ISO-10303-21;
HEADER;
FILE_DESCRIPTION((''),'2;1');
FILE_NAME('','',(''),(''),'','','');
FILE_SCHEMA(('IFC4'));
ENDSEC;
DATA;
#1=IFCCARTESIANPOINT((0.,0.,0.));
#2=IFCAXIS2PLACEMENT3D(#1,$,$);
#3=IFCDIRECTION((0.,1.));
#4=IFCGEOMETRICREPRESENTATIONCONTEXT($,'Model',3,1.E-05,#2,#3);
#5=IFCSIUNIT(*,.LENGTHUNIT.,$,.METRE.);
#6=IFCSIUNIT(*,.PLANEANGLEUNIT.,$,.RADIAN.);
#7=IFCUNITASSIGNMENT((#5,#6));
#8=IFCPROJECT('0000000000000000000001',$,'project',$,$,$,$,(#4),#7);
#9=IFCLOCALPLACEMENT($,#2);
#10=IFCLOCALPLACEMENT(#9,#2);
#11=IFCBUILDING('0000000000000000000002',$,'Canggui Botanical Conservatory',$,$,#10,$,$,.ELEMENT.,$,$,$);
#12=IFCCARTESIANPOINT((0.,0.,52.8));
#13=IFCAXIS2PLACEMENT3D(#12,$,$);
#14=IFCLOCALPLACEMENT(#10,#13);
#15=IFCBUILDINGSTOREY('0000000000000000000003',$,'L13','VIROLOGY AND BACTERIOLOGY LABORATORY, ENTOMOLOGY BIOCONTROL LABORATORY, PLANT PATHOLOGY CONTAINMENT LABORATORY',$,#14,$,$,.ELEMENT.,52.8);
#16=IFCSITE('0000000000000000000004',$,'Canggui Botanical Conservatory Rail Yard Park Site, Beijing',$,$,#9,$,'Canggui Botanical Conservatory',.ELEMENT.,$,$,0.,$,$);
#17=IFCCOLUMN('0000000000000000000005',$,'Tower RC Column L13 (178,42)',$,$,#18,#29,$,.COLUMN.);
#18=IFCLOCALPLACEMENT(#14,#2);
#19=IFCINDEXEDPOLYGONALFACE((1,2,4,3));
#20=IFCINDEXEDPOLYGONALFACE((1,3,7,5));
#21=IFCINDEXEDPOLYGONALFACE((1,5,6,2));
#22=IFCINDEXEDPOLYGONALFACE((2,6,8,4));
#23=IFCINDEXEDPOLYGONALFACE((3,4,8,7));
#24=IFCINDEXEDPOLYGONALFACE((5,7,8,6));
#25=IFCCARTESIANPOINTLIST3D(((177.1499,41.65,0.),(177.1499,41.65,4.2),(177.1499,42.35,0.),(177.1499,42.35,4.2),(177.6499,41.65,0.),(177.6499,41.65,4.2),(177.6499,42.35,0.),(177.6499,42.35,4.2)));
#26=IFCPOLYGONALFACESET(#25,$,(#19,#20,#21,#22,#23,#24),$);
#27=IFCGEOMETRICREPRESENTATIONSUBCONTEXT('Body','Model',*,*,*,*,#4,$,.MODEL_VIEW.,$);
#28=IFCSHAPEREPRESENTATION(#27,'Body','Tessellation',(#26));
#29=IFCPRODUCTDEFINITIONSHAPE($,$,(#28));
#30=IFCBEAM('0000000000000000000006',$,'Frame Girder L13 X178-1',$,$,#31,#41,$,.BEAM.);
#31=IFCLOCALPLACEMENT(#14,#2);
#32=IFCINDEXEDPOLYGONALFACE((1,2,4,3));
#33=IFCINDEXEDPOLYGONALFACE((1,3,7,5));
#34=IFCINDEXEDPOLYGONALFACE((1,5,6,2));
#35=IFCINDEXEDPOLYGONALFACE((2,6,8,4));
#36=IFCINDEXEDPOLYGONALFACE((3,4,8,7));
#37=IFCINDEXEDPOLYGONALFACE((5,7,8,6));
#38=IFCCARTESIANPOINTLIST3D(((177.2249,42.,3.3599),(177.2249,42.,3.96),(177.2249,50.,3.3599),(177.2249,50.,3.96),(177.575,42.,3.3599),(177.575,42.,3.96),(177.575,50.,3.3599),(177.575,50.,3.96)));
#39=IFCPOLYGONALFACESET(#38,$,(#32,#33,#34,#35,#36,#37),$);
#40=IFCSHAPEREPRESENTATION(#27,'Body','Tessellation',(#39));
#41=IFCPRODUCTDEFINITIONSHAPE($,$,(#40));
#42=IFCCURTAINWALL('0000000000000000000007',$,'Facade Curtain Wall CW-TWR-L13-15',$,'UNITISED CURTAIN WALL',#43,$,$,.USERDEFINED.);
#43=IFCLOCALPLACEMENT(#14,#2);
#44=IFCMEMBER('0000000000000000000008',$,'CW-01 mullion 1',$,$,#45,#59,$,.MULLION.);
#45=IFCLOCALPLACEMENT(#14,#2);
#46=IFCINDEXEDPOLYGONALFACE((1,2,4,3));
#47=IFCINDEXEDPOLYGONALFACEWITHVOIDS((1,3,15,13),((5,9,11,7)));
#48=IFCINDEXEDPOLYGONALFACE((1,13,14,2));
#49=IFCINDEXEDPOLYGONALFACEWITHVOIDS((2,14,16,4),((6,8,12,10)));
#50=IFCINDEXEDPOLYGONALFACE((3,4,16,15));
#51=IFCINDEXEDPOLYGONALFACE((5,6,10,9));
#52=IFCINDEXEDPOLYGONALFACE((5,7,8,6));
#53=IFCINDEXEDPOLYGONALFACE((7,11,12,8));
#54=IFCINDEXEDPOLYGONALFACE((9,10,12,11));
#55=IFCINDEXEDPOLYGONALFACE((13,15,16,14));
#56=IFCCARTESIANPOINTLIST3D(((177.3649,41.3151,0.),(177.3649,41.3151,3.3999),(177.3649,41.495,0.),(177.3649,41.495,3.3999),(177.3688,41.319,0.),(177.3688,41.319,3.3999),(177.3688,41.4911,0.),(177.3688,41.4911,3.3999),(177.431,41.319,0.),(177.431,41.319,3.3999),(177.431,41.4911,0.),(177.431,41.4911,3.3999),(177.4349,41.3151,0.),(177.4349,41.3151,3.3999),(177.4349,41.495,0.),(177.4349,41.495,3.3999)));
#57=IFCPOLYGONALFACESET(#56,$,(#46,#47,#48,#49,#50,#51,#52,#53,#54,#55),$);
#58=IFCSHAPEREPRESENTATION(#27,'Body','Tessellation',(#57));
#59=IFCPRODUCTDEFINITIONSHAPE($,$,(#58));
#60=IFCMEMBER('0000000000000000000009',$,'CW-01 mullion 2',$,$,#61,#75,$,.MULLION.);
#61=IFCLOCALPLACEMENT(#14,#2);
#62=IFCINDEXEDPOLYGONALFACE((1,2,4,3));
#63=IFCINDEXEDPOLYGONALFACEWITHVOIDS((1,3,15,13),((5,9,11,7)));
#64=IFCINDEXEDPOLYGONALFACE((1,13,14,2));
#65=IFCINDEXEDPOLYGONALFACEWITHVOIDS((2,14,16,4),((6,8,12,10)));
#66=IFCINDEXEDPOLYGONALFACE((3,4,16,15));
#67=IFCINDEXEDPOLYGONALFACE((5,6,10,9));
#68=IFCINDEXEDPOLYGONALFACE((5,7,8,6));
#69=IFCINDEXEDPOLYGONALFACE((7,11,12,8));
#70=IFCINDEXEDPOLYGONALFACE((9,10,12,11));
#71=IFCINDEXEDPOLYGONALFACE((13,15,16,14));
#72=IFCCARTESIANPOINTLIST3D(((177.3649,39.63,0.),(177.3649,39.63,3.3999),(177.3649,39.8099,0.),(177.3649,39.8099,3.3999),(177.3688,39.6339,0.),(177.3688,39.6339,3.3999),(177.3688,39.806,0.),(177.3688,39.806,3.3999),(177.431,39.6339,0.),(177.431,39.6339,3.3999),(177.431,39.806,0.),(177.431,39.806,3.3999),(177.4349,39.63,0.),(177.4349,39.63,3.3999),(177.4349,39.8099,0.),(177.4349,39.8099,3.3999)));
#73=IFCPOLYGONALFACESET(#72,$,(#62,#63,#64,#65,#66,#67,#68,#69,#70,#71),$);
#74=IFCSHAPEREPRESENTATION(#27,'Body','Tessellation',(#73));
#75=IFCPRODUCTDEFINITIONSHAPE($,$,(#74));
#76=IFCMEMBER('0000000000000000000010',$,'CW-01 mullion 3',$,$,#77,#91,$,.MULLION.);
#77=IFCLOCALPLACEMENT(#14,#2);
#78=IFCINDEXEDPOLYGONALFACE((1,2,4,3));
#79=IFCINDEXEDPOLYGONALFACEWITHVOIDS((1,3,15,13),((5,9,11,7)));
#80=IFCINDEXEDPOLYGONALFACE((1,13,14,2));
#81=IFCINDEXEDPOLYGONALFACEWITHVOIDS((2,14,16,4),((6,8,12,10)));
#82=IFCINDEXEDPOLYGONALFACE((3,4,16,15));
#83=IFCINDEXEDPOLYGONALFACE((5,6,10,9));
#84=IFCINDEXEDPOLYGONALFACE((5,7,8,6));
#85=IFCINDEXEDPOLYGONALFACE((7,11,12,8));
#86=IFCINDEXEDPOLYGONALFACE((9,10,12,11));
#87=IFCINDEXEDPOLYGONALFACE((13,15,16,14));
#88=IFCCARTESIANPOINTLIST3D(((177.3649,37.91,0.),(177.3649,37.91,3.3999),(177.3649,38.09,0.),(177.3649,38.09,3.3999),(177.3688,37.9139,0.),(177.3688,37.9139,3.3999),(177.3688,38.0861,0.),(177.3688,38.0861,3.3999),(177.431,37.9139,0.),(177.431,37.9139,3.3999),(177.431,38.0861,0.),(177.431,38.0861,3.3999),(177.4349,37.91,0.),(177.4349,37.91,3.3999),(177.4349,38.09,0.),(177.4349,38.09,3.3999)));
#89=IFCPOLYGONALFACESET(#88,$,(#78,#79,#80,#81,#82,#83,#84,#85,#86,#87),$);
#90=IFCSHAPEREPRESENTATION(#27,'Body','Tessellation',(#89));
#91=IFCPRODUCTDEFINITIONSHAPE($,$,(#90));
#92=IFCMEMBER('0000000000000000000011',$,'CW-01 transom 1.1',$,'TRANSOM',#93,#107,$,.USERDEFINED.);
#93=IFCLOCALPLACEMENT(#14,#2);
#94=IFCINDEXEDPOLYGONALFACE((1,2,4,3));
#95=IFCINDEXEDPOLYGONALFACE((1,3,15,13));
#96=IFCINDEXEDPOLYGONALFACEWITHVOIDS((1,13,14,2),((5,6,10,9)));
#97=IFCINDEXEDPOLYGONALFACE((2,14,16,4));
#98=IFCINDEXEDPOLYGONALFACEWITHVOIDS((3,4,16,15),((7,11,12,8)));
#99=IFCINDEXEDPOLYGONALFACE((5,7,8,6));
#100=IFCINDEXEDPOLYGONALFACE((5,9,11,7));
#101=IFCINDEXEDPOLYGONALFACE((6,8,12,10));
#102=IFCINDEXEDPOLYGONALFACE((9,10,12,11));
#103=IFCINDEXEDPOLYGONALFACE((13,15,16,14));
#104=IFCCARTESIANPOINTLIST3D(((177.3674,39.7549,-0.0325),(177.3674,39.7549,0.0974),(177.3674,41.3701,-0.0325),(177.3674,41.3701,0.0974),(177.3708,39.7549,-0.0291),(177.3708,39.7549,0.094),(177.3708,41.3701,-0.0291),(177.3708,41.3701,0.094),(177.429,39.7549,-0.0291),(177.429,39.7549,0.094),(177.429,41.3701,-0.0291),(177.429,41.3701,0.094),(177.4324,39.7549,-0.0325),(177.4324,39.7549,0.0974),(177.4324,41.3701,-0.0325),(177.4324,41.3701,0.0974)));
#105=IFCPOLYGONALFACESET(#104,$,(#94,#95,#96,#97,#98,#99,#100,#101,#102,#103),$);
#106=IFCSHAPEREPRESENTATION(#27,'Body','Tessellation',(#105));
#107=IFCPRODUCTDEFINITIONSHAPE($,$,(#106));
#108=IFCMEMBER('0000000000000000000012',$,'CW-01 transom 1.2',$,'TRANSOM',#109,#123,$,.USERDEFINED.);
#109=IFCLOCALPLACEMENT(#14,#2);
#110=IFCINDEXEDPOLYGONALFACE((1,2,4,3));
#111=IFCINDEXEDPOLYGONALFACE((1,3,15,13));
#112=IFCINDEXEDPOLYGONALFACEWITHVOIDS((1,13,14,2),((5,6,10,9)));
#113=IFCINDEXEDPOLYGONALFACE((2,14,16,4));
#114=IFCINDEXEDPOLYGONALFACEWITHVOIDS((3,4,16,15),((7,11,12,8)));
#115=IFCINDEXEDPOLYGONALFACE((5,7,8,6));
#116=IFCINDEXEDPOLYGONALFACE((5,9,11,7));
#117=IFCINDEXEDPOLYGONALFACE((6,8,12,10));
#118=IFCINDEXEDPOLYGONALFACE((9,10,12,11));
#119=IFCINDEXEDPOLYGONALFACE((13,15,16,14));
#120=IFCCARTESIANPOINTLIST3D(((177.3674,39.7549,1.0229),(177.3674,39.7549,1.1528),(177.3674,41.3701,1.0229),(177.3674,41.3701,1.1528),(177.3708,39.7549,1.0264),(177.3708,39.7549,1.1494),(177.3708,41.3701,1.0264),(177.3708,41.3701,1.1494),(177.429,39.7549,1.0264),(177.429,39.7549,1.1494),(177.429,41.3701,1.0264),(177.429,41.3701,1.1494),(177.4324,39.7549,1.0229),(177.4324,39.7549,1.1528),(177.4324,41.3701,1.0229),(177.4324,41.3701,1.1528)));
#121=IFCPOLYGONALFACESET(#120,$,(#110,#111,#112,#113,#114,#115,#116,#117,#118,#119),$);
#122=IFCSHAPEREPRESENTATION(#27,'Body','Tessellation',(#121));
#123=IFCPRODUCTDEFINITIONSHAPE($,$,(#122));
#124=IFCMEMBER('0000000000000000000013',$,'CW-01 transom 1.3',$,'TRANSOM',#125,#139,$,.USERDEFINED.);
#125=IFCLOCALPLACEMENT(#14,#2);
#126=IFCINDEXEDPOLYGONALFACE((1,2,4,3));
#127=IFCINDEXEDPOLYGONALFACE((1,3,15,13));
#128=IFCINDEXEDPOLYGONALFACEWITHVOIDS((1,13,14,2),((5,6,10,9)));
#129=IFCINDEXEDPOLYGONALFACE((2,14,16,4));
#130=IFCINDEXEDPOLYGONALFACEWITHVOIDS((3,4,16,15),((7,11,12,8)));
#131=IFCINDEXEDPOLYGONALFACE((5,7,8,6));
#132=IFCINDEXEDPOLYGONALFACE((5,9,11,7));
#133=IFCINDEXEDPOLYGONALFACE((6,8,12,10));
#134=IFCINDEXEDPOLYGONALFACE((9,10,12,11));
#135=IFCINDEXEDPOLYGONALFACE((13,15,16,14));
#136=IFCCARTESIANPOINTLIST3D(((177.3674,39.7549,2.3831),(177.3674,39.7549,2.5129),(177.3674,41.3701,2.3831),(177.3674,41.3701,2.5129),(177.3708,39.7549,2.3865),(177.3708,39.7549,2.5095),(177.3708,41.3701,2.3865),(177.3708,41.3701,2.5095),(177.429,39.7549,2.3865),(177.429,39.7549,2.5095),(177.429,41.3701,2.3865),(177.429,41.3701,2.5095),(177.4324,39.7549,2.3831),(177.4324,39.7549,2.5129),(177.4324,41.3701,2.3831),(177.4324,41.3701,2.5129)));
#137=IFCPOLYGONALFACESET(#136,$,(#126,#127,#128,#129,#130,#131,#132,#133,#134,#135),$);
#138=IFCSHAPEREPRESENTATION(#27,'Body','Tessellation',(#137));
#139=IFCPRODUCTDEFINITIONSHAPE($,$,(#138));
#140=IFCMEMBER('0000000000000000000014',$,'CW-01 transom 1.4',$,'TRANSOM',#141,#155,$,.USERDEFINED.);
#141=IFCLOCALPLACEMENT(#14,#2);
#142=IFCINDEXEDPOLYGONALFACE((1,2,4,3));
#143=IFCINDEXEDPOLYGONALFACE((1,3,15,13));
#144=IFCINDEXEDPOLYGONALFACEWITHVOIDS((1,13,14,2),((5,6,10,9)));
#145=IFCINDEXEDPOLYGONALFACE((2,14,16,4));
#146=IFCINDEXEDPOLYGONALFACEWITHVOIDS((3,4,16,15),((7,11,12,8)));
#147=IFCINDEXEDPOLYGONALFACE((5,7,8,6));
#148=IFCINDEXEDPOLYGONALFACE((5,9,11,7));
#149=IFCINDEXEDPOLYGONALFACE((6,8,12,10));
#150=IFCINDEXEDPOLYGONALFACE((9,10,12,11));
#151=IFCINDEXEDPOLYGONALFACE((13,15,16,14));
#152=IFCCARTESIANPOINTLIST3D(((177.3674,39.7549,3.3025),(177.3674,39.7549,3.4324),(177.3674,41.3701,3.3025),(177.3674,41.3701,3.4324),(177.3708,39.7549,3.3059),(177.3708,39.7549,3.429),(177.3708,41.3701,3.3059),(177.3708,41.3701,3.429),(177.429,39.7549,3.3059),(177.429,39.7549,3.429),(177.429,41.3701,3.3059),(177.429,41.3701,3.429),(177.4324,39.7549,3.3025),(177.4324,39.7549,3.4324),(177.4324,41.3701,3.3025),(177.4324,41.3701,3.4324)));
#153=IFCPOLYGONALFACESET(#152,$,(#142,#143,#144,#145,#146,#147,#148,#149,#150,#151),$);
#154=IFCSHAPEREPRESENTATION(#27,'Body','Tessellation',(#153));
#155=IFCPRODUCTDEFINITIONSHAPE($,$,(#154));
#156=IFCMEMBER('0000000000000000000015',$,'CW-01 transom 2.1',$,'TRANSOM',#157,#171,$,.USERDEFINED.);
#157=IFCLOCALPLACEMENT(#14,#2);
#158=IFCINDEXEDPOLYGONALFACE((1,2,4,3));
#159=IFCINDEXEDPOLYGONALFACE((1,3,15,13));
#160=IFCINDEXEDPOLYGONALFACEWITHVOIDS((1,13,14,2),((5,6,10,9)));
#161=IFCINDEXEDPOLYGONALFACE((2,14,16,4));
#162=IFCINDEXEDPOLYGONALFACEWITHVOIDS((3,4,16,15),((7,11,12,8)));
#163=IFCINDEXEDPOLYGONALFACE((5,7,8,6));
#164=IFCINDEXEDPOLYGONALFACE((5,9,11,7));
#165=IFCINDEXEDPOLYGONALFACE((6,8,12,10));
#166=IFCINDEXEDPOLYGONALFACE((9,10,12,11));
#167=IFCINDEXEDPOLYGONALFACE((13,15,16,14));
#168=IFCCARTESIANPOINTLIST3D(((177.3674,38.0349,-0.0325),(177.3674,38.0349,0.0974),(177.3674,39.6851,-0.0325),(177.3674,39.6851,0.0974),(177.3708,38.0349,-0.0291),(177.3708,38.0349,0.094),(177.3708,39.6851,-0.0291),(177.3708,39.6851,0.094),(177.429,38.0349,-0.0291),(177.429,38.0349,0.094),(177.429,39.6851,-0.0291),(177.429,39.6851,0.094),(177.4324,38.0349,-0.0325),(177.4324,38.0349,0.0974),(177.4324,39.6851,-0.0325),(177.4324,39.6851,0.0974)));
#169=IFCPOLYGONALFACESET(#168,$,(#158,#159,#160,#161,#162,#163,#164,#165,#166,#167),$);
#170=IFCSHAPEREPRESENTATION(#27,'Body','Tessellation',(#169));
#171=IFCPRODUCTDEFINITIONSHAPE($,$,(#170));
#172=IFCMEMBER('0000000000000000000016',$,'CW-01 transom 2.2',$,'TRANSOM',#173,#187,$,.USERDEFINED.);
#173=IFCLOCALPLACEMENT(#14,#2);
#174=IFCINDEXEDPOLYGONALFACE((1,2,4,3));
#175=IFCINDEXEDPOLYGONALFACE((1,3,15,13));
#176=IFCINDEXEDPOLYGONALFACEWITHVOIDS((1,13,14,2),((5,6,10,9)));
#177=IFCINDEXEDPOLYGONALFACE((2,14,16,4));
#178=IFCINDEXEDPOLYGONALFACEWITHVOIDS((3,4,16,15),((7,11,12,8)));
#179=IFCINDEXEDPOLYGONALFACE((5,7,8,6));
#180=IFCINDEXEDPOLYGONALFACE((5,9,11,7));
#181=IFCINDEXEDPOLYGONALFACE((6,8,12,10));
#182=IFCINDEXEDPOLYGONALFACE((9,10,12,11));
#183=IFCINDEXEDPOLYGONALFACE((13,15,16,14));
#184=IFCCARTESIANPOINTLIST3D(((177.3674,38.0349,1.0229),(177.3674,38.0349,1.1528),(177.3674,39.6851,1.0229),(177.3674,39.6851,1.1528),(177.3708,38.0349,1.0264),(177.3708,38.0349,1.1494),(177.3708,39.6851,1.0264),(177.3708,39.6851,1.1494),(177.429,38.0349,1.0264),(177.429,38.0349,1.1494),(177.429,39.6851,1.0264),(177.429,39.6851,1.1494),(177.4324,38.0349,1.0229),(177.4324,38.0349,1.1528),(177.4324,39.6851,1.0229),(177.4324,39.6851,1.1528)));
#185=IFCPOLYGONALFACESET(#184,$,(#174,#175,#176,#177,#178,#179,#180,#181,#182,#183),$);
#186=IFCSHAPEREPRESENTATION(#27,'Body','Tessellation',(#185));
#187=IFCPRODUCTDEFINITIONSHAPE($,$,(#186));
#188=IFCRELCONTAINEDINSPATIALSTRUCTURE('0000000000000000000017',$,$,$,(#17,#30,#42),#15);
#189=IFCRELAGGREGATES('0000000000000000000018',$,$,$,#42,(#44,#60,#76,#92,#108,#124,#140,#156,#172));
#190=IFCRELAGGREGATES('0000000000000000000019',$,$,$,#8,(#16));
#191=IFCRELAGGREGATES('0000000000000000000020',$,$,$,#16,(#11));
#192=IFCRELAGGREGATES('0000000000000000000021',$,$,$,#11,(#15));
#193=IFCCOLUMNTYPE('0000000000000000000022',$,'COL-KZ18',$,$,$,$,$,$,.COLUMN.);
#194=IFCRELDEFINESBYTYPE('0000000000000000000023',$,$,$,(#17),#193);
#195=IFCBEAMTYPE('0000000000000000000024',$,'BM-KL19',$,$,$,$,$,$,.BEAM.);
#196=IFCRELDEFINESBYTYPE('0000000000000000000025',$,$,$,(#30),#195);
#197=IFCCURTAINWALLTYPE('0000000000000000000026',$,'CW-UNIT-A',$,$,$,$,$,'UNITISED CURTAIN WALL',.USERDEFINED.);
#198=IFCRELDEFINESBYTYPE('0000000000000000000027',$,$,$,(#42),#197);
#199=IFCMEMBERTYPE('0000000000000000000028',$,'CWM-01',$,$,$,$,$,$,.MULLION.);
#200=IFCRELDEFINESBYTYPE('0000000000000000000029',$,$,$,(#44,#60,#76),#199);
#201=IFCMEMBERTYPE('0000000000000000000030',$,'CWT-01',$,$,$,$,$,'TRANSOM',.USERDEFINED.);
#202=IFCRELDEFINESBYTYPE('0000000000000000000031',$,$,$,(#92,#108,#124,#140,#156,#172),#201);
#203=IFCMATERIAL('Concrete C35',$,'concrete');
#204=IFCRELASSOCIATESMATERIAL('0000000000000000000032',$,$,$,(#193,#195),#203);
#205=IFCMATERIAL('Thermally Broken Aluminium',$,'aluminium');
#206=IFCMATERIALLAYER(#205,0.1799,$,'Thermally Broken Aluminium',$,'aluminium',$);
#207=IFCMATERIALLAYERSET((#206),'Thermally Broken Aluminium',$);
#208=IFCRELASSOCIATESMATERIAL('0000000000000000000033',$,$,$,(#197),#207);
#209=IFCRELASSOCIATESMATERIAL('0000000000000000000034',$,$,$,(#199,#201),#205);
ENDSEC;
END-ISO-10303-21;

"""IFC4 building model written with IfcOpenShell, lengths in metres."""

from ifc_helpers import new_model, si_unit, direction, frame, origin, origin_2d, place, context, subcontext, project, spatial, rectangle, hollow_rectangle, extrude, material, layer, layer_set, material_profile, profile_set, type_object, element, aggregate, save


model = new_model("IFC4")

# Units and contexts
model_context = context("Model", 3, precision=1e-05, world=origin(), true_north=direction((0.0, 1.0)))
body_context = subcontext(model_context, "Body", "Model", "MODEL_VIEW")
ifc_project = project(units=[si_unit("LENGTHUNIT", "METRE"), si_unit("PLANEANGLEUNIT", "RADIAN")], contexts=[model_context])

# Site, building, storey
site_placement = place(None, origin())
site = spatial("IfcSite", under=ifc_project, at=site_placement, Name="Canggui Botanical Conservatory Rail Yard Park Site, Beijing", LongName="Canggui Botanical Conservatory", CompositionType="ELEMENT", RefElevation=0.0)
building_placement = place(site_placement, origin())
building = spatial("IfcBuilding", under=site, at=building_placement, Name="Canggui Botanical Conservatory", CompositionType="ELEMENT")
storey_placement = place(building_placement, frame((0.0, 0.0, 52.8)))
storey = spatial("IfcBuildingStorey", under=building, at=storey_placement, Name="L13", Description="VIROLOGY AND BACTERIOLOGY LABORATORY, ENTOMOLOGY BIOCONTROL LABORATORY, PLANT PATHOLOGY CONTAINMENT LABORATORY", CompositionType="ELEMENT", Elevation=52.8)

# Column
ifc_material_1 = material(Name="Concrete C35", Category="concrete")
ifc_material_profile_1 = material_profile(ifc_material_1, rectangle(XDim=0.5, YDim=0.7, at=origin_2d()), Name="RC 500x700")
ifc_profile_set_1 = profile_set([ifc_material_profile_1], Name="Concrete C35")
column_type = type_object("IfcColumnType", Name="COL-KZ18", PredefinedType="COLUMN", material=ifc_profile_set_1)
column_placement = place(storey_placement, frame((177.3999, 42.0, 0.0), z_axis=(0.0, 0.0, 1.0), x_axis=(1.0, 0.0, 0.0)))
element("IfcColumn", 1, at=column_placement, inside=storey, type_object=column_type, Name="Tower RC Column L13 (178,42)", PredefinedType="COLUMN", context=body_context, shape_type="SweptSolid", body=[
    extrude(rectangle(XDim=0.5, YDim=0.7, at=origin_2d()), origin(), (0.0, 0.0, 1.0), 4.2),
])

# Beam
ifc_material_profile_2 = material_profile(ifc_material_1, rectangle(XDim=0.3501, YDim=0.6001, at=origin_2d()), Name="RB 350x600")
ifc_profile_set_2 = profile_set([ifc_material_profile_2], Name="Concrete C35")
beam_type = type_object("IfcBeamType", Name="BM-KL19", PredefinedType="BEAM", material=ifc_profile_set_2)
beam_placement = place(storey_placement, frame((177.3999, 42.0, 3.6599), z_axis=(0.0, 1.0, 0.0), x_axis=(-1.0, 0.0, 0.0)))
element("IfcBeam", 2, at=beam_placement, inside=storey, type_object=beam_type, Name="Frame Girder L13 X178-1", PredefinedType="BEAM", context=body_context, shape_type="SweptSolid", body=[
    extrude(rectangle(XDim=0.3501, YDim=0.6001, at=origin_2d()), origin(), (0.0, 0.0, 1.0), 8.0),
])

# Curtain wall, members
ifc_material_2 = material(Name="Thermally Broken Aluminium", Category="aluminium")
ifc_layer_1 = layer(ifc_material_2, 0.1799, Name="Thermally Broken Aluminium", Category="aluminium")
ifc_layer_set_1 = layer_set([ifc_layer_1], Name="Thermally Broken Aluminium")
curtain_wall_type = type_object("IfcCurtainWallType", Name="CW-UNIT-A", ElementType="UNITISED CURTAIN WALL", PredefinedType="USERDEFINED", material=ifc_layer_set_1)
curtain_wall_placement = place(storey_placement, origin())
curtain_wall = element("IfcCurtainWall", 3, at=curtain_wall_placement, inside=storey, type_object=curtain_wall_type, Name="Facade Curtain Wall CW-TWR-L13-15", ObjectType="UNITISED CURTAIN WALL", PredefinedType="USERDEFINED")
ifc_material_profile_3 = material_profile(ifc_material_2, hollow_rectangle(XDim=0.0701, YDim=0.1799, WallThickness=0.0039, at=origin_2d()), Name="CWM 70x180x4")
ifc_profile_set_3 = profile_set([ifc_material_profile_3], Name="Thermally Broken Aluminium")
member_type_1 = type_object("IfcMemberType", Name="CWM-01", PredefinedType="MULLION", material=ifc_profile_set_3)
member_1_placement = place(storey_placement, frame((177.3999, 41.405, 0.0), z_axis=(0.0, 0.0, 1.0), x_axis=(1.0, 0.0, 0.0)))
member_1 = element("IfcMember", 4, at=member_1_placement, type_object=member_type_1, Name="CW-01 mullion 1", PredefinedType="MULLION", context=body_context, shape_type="SweptSolid", body=[
    extrude(hollow_rectangle(XDim=0.0701, YDim=0.1799, WallThickness=0.0039, at=origin_2d()), origin(), (0.0, 0.0, 1.0), 3.3999),
])
member_2_placement = place(storey_placement, frame((177.3999, 39.72, 0.0), z_axis=(0.0, 0.0, 1.0), x_axis=(1.0, 0.0, 0.0)))
member_2 = element("IfcMember", 5, at=member_2_placement, type_object=member_type_1, Name="CW-01 mullion 2", PredefinedType="MULLION", context=body_context, shape_type="SweptSolid", body=[
    extrude(hollow_rectangle(XDim=0.0701, YDim=0.1799, WallThickness=0.0039, at=origin_2d()), origin(), (0.0, 0.0, 1.0), 3.3999),
])
member_3_placement = place(storey_placement, frame((177.3999, 38.0, 0.0), z_axis=(0.0, 0.0, 1.0), x_axis=(1.0, 0.0, 0.0)))
member_3 = element("IfcMember", 6, at=member_3_placement, type_object=member_type_1, Name="CW-01 mullion 3", PredefinedType="MULLION", context=body_context, shape_type="SweptSolid", body=[
    extrude(hollow_rectangle(XDim=0.0701, YDim=0.1799, WallThickness=0.0039, at=origin_2d()), origin(), (0.0, 0.0, 1.0), 3.3999),
])
ifc_material_profile_4 = material_profile(ifc_material_2, hollow_rectangle(XDim=0.0649, YDim=0.1299, WallThickness=0.0034, at=origin_2d()), Name="CWT 65x130x3.5")
ifc_profile_set_4 = profile_set([ifc_material_profile_4], Name="Thermally Broken Aluminium")
member_type_2 = type_object("IfcMemberType", Name="CWT-01", ElementType="TRANSOM", PredefinedType="USERDEFINED", material=ifc_profile_set_4)
member_4_placement = place(storey_placement, frame((177.3999, 41.3701, 0.0325), z_axis=(0.0, -1.0, 0.0), x_axis=(1.0, 0.0, 0.0)))
member_4 = element("IfcMember", 7, at=member_4_placement, type_object=member_type_2, Name="CW-01 transom 1.1", ObjectType="TRANSOM", PredefinedType="USERDEFINED", context=body_context, shape_type="SweptSolid", body=[
    extrude(hollow_rectangle(XDim=0.0649, YDim=0.1299, WallThickness=0.0034, at=origin_2d()), origin(), (0.0, 0.0, 1.0), 1.6152),
])
member_5_placement = place(storey_placement, frame((177.3999, 41.3701, 1.0879), z_axis=(0.0, -1.0, 0.0), x_axis=(1.0, 0.0, 0.0)))
member_5 = element("IfcMember", 8, at=member_5_placement, type_object=member_type_2, Name="CW-01 transom 1.2", ObjectType="TRANSOM", PredefinedType="USERDEFINED", context=body_context, shape_type="SweptSolid", body=[
    extrude(hollow_rectangle(XDim=0.0649, YDim=0.1299, WallThickness=0.0034, at=origin_2d()), origin(), (0.0, 0.0, 1.0), 1.6152),
])
member_6_placement = place(storey_placement, frame((177.3999, 41.3701, 2.448), z_axis=(0.0, -1.0, 0.0), x_axis=(1.0, 0.0, 0.0)))
member_6 = element("IfcMember", 9, at=member_6_placement, type_object=member_type_2, Name="CW-01 transom 1.3", ObjectType="TRANSOM", PredefinedType="USERDEFINED", context=body_context, shape_type="SweptSolid", body=[
    extrude(hollow_rectangle(XDim=0.0649, YDim=0.1299, WallThickness=0.0034, at=origin_2d()), origin(), (0.0, 0.0, 1.0), 1.6152),
])
member_7_placement = place(storey_placement, frame((177.3999, 41.3701, 3.3674), z_axis=(0.0, -1.0, 0.0), x_axis=(1.0, 0.0, 0.0)))
member_7 = element("IfcMember", 10, at=member_7_placement, type_object=member_type_2, Name="CW-01 transom 1.4", ObjectType="TRANSOM", PredefinedType="USERDEFINED", context=body_context, shape_type="SweptSolid", body=[
    extrude(hollow_rectangle(XDim=0.0649, YDim=0.1299, WallThickness=0.0034, at=origin_2d()), origin(), (0.0, 0.0, 1.0), 1.6152),
])
member_8_placement = place(storey_placement, frame((177.3999, 39.6851, 0.0325), z_axis=(0.0, -1.0, 0.0), x_axis=(1.0, 0.0, 0.0)))
member_8 = element("IfcMember", 11, at=member_8_placement, type_object=member_type_2, Name="CW-01 transom 2.1", ObjectType="TRANSOM", PredefinedType="USERDEFINED", context=body_context, shape_type="SweptSolid", body=[
    extrude(hollow_rectangle(XDim=0.0649, YDim=0.1299, WallThickness=0.0034, at=origin_2d()), origin(), (0.0, 0.0, 1.0), 1.6501),
])
member_9_placement = place(storey_placement, frame((177.3999, 39.6851, 1.0879), z_axis=(0.0, -1.0, 0.0), x_axis=(1.0, 0.0, 0.0)))
member_9 = element("IfcMember", 12, at=member_9_placement, type_object=member_type_2, Name="CW-01 transom 2.2", ObjectType="TRANSOM", PredefinedType="USERDEFINED", context=body_context, shape_type="SweptSolid", body=[
    extrude(hollow_rectangle(XDim=0.0649, YDim=0.1299, WallThickness=0.0034, at=origin_2d()), origin(), (0.0, 0.0, 1.0), 1.6501),
])
aggregate(curtain_wall, [member_1, member_2, member_3, member_4, member_5, member_6, member_7, member_8, member_9])

save(model, "model.ifc")
